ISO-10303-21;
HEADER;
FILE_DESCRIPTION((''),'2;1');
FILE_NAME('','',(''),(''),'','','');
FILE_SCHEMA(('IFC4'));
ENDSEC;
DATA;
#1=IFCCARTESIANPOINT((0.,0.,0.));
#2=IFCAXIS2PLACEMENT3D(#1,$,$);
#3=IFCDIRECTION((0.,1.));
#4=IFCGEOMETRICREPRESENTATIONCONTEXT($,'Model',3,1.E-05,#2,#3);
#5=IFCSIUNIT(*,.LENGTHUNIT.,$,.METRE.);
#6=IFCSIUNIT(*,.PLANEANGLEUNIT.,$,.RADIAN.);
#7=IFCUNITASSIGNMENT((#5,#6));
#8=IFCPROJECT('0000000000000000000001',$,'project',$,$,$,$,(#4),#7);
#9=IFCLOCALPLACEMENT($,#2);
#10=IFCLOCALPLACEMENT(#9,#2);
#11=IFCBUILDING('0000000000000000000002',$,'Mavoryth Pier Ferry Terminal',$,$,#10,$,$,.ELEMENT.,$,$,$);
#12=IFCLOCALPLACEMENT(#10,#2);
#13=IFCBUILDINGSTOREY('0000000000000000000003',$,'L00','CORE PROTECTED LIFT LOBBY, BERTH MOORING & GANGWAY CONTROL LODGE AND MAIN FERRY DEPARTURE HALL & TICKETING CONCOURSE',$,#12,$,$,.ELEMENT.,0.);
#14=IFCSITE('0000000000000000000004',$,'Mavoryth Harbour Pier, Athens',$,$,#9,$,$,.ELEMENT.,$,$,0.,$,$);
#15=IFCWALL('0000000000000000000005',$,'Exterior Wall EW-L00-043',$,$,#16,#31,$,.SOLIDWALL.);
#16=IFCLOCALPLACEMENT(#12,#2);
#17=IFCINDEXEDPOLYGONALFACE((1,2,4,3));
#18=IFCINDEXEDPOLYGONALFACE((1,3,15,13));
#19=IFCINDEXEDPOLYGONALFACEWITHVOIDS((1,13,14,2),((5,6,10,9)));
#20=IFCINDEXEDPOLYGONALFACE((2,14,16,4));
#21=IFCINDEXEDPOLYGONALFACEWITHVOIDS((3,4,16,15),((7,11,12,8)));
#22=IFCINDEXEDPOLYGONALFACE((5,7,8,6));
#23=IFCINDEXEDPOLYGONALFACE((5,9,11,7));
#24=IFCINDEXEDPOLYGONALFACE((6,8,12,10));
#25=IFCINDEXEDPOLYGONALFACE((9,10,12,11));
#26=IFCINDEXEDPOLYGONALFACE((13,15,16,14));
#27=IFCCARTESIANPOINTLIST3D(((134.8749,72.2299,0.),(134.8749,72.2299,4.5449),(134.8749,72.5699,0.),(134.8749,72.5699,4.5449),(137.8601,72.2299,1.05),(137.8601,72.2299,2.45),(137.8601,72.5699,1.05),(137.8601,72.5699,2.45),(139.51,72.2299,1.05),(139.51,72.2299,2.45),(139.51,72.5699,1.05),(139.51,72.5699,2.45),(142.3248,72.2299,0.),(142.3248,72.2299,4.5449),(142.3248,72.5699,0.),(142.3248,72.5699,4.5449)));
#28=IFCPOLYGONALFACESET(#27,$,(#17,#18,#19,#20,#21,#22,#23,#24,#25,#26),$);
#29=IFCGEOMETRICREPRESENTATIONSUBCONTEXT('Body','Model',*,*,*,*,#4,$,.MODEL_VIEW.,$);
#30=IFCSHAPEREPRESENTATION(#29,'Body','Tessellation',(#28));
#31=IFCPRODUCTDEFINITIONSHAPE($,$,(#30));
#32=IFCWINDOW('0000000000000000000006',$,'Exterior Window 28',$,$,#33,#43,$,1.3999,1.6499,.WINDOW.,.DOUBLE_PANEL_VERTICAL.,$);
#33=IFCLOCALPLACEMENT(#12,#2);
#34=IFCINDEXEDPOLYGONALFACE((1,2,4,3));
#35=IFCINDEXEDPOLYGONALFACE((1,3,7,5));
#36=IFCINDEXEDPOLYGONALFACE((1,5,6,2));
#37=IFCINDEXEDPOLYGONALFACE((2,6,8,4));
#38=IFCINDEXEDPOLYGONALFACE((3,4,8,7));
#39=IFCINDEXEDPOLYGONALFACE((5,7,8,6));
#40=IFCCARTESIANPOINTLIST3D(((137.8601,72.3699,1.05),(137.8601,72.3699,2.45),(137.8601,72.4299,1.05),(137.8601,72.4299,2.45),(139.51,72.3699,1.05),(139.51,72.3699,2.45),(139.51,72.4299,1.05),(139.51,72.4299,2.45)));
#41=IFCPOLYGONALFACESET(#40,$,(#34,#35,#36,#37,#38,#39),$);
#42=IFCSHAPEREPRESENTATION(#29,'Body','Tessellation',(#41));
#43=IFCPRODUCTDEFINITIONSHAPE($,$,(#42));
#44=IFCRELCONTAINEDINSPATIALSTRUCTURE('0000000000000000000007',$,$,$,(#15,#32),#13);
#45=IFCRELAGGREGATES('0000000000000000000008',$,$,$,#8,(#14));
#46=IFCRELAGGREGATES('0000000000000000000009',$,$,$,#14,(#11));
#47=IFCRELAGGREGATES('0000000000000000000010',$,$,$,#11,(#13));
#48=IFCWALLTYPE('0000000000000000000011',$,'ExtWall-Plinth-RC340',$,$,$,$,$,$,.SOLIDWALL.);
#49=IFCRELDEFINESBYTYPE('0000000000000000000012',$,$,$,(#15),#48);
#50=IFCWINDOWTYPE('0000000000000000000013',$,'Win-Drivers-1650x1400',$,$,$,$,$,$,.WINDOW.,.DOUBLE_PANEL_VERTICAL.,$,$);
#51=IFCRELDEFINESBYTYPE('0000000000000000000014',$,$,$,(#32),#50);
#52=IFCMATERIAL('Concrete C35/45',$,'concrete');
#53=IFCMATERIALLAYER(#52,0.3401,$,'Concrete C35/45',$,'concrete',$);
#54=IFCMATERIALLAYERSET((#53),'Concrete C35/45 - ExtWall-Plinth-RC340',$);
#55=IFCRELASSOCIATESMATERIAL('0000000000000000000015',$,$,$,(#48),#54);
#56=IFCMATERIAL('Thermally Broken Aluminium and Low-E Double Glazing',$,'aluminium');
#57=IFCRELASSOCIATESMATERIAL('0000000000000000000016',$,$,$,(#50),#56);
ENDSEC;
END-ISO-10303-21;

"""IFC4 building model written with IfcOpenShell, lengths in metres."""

from ifc_helpers import new_model, si_unit, direction, frame, frame_2d, origin, place, context, subcontext, project, spatial, rectangle, extrude, material, layer, layer_set, type_object, element, fill, save


model = new_model("IFC4")

# Units and contexts
model_context = context("Model", 3, precision=1e-05, world=origin(), true_north=direction((0.0, 1.0)))
body_context = subcontext(model_context, "Body", "Model", "MODEL_VIEW")
ifc_project = project(units=[si_unit("LENGTHUNIT", "METRE"), si_unit("PLANEANGLEUNIT", "RADIAN")], contexts=[model_context])

# Site, building, storey
site_placement = place(None, origin())
site = spatial("IfcSite", under=ifc_project, at=site_placement, Name="Mavoryth Harbour Pier, Athens", CompositionType="ELEMENT", RefElevation=0.0)
building_placement = place(site_placement, origin())
building = spatial("IfcBuilding", under=site, at=building_placement, Name="Mavoryth Pier Ferry Terminal", CompositionType="ELEMENT")
storey_placement = place(building_placement, origin())
storey = spatial("IfcBuildingStorey", under=building, at=storey_placement, Name="L00", Description="CORE PROTECTED LIFT LOBBY, BERTH MOORING & GANGWAY CONTROL LODGE AND MAIN FERRY DEPARTURE HALL & TICKETING CONCOURSE", CompositionType="ELEMENT", Elevation=0.0)

# Shared definitions
ifc_material_1 = material(Name="Concrete C35/45", Category="concrete")

# Shared definitions
ifc_material_2 = material(Name="Thermally Broken Aluminium and Low-E Double Glazing", Category="aluminium")

# Shared definitions
ifc_layer_1 = layer(ifc_material_1, 0.3401, Name="Concrete C35/45", Category="concrete")
ifc_layer_set_1 = layer_set([ifc_layer_1], Name="Concrete C35/45 - ExtWall-Plinth-RC340")
wall_type_1 = type_object("IfcWallType", Name="ExtWall-Plinth-RC340", PredefinedType="SOLIDWALL", material=ifc_layer_set_1)

# Wall, opening, window
wall_1_placement = place(storey_placement, frame((142.325, 72.3999, 0.0), z_axis=(0.0, 0.0, 1.0), x_axis=(-1.0, 0.0, 0.0)))
wall_1 = element("IfcWall", 1, at=wall_1_placement, inside=storey, type_object=wall_type_1, Name="Exterior Wall EW-L00-043", PredefinedType="SOLIDWALL", context=body_context, shape_type="SweptSolid", body=[
    extrude(rectangle(XDim=7.45, YDim=0.3401, at=frame_2d((3.7251, 0.0))), origin(), (0.0, 0.0, 1.0), 4.5449),
])
opening_1_placement = place(wall_1_placement, frame((2.8149, 0.0, 1.05)))
opening_1 = element("IfcOpeningElement", 2, at=opening_1_placement, cuts=wall_1, PredefinedType="OPENING", context=body_context, shape_type="SweptSolid", body=[
    extrude(rectangle(XDim=1.6499, YDim=1.3999, at=frame_2d((0.825, 0.7))), frame((0.0, 0.1799, 0.0), z_axis=(0.0, -1.0, 0.0), x_axis=(1.0, 0.0, 0.0)), (0.0, 0.0, 1.0), 0.3601),
])
window_type_1 = type_object("IfcWindowType", Name="Win-Drivers-1650x1400", PartitioningType="DOUBLE_PANEL_VERTICAL", PredefinedType="WINDOW", material=ifc_material_2)
window_1_placement = place(opening_1_placement, origin())
window_1 = element("IfcWindow", 3, at=window_1_placement, inside=storey, type_object=window_type_1, Name="Exterior Window 28", OverallHeight=1.3999, OverallWidth=1.6499, PartitioningType="DOUBLE_PANEL_VERTICAL", PredefinedType="WINDOW", context=body_context, shape_type="SweptSolid", body=[
    extrude(rectangle(XDim=1.6499, YDim=1.3999, at=frame_2d((0.825, 0.7))), frame((0.0, 0.03, 0.0), z_axis=(0.0, -1.0, 0.0), x_axis=(1.0, 0.0, 0.0)), (0.0, 0.0, 1.0), 0.0601),
])
fill(opening_1, window_1)

save(model, "model.ifc")
